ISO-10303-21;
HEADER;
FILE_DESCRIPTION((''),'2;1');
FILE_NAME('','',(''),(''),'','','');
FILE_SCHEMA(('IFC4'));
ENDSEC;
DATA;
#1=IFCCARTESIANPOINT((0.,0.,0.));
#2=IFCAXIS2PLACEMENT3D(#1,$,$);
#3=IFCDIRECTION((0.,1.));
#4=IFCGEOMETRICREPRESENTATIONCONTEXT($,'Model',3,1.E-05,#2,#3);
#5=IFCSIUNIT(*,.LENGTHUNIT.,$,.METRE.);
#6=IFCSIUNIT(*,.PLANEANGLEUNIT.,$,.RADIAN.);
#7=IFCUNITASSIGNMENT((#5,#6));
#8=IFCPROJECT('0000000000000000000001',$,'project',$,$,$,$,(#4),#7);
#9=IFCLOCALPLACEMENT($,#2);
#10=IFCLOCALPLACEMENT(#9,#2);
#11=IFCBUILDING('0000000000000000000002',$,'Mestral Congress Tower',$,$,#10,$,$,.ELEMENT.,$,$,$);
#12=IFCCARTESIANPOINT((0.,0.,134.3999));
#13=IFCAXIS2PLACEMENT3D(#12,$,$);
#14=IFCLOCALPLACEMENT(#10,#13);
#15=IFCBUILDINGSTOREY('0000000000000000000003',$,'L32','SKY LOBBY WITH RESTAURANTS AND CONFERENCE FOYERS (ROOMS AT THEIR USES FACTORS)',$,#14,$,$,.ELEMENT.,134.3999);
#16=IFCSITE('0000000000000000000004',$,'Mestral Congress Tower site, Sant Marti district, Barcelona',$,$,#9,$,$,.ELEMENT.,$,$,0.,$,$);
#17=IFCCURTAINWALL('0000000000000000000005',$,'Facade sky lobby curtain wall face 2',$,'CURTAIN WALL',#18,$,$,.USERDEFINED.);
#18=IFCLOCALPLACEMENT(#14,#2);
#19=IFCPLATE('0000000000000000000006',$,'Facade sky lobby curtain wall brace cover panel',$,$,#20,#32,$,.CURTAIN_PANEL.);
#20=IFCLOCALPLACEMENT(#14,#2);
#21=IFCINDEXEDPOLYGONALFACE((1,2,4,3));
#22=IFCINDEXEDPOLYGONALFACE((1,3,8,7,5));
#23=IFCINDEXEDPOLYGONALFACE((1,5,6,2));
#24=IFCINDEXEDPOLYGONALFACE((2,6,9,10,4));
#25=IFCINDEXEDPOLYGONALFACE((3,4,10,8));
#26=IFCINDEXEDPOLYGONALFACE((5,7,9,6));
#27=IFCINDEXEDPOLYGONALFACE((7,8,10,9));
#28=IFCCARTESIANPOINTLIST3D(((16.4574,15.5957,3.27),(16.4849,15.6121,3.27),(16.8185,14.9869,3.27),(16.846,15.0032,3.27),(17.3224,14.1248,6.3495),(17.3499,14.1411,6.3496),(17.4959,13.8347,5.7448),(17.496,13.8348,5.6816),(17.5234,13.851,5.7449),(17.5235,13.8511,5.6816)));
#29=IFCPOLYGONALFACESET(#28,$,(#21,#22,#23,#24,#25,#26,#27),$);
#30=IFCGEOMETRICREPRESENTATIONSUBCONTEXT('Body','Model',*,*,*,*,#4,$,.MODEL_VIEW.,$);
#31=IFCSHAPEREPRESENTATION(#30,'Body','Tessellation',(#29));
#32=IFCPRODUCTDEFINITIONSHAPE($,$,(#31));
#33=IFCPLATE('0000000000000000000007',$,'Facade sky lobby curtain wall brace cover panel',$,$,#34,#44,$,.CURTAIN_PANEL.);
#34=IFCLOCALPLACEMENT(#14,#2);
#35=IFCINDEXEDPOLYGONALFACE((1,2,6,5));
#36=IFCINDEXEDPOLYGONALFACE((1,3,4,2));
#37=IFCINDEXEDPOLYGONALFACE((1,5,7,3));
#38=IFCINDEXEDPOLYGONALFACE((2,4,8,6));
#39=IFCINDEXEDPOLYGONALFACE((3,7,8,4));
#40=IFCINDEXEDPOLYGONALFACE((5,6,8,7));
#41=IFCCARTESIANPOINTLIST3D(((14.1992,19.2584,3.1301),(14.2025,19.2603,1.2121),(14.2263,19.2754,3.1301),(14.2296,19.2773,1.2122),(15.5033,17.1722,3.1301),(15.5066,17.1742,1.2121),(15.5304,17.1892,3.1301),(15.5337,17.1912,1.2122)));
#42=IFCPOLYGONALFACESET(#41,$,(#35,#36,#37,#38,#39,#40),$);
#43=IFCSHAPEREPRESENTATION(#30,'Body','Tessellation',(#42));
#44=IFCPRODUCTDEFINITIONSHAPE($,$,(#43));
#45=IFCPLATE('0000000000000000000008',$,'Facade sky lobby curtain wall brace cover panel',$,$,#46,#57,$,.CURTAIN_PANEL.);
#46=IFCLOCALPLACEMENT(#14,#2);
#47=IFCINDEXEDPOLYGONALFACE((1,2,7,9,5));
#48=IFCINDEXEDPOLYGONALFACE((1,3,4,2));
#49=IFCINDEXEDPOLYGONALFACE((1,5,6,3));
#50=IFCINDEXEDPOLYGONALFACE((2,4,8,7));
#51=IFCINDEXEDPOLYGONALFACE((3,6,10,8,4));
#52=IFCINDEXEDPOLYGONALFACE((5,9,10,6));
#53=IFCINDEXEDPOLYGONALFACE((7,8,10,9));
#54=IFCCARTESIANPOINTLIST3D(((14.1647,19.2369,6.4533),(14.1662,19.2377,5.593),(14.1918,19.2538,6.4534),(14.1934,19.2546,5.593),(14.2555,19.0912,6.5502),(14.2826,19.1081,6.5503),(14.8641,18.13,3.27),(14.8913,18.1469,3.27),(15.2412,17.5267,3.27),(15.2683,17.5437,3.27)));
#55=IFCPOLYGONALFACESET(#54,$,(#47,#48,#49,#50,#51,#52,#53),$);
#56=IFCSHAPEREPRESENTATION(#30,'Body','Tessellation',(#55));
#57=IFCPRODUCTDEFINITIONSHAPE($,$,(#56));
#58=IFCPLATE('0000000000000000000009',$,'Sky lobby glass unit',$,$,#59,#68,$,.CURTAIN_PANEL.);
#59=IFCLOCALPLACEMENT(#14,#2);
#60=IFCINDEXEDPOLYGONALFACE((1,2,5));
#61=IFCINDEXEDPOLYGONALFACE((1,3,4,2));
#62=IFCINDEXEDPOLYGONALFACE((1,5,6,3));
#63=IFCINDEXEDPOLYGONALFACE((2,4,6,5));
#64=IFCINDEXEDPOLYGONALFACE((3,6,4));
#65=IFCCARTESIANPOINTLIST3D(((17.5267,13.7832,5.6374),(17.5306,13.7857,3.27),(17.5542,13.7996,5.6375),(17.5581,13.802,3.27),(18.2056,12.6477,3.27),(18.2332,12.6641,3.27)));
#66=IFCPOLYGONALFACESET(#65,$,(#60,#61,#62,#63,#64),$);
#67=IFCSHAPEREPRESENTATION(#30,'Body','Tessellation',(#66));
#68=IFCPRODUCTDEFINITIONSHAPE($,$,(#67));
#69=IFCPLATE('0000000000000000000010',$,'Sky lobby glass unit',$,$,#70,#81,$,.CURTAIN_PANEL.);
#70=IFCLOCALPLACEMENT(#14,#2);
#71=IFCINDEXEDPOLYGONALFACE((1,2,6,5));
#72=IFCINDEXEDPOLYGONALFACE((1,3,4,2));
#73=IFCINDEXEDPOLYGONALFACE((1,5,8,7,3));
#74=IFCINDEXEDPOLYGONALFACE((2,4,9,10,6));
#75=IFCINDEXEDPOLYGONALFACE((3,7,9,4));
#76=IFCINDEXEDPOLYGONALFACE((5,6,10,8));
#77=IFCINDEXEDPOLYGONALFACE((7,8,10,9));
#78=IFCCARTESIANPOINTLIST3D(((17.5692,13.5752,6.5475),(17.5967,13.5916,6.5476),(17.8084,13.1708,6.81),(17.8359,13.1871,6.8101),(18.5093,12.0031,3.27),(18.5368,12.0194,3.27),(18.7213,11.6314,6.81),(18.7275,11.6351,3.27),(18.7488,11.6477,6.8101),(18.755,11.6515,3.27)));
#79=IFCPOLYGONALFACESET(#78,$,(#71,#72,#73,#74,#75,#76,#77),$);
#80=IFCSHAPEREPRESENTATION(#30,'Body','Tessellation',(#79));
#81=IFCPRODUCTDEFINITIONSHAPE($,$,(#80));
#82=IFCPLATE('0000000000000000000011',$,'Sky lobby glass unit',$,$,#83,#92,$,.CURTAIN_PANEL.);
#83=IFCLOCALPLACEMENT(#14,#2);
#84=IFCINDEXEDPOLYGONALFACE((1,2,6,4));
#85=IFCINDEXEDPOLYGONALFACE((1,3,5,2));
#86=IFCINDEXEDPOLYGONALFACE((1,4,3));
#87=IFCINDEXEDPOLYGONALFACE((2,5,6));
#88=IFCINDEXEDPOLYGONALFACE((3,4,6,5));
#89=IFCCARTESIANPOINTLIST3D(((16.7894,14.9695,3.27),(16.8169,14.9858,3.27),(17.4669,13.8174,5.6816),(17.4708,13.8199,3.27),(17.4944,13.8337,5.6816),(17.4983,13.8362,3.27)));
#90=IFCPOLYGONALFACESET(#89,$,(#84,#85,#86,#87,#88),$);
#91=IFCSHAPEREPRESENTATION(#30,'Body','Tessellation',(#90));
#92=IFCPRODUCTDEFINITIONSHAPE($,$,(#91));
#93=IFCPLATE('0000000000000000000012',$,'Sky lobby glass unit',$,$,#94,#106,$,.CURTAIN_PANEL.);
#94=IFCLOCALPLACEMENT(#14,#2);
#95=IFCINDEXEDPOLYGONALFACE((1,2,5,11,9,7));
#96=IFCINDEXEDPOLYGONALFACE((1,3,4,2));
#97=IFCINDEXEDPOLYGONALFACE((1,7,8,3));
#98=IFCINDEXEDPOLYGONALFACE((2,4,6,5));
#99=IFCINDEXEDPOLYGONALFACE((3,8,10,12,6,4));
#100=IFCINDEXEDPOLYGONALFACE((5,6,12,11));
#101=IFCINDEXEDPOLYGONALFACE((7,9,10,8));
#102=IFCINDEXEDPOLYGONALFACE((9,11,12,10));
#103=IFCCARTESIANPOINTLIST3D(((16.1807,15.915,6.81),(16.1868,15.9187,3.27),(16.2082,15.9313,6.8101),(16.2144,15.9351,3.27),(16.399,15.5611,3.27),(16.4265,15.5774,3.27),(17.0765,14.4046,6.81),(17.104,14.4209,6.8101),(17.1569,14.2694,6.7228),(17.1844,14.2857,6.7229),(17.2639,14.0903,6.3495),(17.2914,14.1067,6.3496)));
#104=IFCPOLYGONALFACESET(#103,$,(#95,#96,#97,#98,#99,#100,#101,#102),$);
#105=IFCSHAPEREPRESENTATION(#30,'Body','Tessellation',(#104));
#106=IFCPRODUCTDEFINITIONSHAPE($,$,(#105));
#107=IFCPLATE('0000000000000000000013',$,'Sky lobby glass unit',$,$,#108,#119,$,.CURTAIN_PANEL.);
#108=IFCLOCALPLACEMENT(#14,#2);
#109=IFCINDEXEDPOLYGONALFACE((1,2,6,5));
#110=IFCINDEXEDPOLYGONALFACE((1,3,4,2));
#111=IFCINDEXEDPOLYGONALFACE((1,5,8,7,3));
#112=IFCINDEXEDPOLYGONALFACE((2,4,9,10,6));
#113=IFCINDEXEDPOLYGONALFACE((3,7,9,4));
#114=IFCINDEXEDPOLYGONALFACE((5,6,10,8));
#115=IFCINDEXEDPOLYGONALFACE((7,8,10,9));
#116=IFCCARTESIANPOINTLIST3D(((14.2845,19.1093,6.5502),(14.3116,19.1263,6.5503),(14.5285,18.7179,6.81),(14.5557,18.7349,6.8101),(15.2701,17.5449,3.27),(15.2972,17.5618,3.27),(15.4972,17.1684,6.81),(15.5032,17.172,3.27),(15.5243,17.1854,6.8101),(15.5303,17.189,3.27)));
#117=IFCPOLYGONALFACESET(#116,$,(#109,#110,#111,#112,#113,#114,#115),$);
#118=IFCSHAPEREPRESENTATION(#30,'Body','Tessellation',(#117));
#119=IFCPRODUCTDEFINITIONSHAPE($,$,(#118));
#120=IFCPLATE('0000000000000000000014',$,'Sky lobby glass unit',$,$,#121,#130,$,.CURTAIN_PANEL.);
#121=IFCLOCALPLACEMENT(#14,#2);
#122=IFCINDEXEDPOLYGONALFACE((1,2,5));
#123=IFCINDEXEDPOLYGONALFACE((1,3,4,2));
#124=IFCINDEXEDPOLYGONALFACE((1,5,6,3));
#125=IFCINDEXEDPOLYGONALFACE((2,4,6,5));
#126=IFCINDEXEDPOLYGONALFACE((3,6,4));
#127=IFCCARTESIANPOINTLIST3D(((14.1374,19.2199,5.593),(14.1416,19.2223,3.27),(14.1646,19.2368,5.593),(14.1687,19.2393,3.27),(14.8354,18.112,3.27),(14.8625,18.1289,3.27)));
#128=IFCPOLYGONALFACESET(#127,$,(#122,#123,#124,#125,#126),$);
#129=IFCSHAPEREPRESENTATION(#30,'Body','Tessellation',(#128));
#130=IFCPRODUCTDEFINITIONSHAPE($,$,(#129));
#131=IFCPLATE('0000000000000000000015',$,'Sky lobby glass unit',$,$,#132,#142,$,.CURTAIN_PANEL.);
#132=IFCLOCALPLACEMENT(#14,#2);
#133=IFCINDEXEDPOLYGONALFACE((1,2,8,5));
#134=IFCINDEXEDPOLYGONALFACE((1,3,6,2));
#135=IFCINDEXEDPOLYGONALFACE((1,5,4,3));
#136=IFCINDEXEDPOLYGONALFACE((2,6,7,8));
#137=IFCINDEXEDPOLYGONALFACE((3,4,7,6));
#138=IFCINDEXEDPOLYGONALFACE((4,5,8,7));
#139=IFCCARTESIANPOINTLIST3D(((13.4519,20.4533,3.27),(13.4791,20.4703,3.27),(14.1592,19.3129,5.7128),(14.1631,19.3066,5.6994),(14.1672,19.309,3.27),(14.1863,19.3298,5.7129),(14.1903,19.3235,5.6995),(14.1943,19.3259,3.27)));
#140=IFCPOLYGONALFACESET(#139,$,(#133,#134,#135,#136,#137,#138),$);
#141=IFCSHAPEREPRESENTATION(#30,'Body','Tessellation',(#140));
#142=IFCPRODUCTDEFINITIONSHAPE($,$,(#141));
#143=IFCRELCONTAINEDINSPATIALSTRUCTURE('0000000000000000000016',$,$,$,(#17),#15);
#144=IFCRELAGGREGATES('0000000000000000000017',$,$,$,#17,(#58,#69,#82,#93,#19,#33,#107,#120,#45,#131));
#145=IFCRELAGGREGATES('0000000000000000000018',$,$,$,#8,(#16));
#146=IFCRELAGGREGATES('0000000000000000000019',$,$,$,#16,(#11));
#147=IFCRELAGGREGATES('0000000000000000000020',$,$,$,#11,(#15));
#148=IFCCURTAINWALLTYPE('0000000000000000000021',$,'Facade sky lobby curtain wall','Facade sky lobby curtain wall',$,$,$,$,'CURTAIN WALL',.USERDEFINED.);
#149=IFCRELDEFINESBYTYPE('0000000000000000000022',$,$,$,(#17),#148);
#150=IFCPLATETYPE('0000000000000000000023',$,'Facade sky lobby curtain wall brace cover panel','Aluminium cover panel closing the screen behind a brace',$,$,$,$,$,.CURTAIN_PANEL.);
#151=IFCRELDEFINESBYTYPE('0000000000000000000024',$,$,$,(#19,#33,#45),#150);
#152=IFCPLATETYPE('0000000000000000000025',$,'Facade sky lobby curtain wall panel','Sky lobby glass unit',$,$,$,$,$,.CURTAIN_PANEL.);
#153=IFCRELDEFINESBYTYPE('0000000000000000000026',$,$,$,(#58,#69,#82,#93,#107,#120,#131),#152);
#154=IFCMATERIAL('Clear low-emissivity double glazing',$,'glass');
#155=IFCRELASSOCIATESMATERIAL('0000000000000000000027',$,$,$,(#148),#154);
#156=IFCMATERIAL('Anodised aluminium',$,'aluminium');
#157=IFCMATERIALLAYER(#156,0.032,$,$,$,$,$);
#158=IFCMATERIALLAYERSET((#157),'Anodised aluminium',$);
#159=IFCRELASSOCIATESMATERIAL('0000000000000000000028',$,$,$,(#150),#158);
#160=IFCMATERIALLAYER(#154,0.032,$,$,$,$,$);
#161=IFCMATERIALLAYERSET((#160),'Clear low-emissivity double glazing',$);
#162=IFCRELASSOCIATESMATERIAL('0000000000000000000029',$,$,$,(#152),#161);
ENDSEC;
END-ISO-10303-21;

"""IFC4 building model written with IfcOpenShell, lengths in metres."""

from ifc_helpers import new_model, si_unit, direction, frame, origin, place, context, subcontext, project, spatial, polyline, outline, extrude, material, layer, layer_set, type_object, element, aggregate, save


model = new_model("IFC4")

# Units and contexts
model_context = context("Model", 3, precision=1e-05, world=origin(), true_north=direction((0.0, 1.0)))
body_context = subcontext(model_context, "Body", "Model", "MODEL_VIEW")
ifc_project = project(units=[si_unit("LENGTHUNIT", "METRE"), si_unit("PLANEANGLEUNIT", "RADIAN")], contexts=[model_context])

# Site, building, storey
site_placement = place(None, origin())
site = spatial("IfcSite", under=ifc_project, at=site_placement, Name="Mestral Congress Tower site, Sant Marti district, Barcelona", CompositionType="ELEMENT", RefElevation=0.0)
building_placement = place(site_placement, origin())
building = spatial("IfcBuilding", under=site, at=building_placement, Name="Mestral Congress Tower", CompositionType="ELEMENT")
storey_placement = place(building_placement, frame((0.0, 0.0, 134.3999)))
storey = spatial("IfcBuildingStorey", under=building, at=storey_placement, Name="L32", Description="SKY LOBBY WITH RESTAURANTS AND CONFERENCE FOYERS (ROOMS AT THEIR USES FACTORS)", CompositionType="ELEMENT", Elevation=134.3999)

# Curtain wall
ifc_material_1 = material(Name="Clear low-emissivity double glazing", Category="glass")
curtain_wall_type = type_object("IfcCurtainWallType", Name="Facade sky lobby curtain wall", Description="Facade sky lobby curtain wall", ElementType="CURTAIN WALL", PredefinedType="USERDEFINED", material=ifc_material_1)
curtain_wall_placement = place(storey_placement, origin())
curtain_wall = element("IfcCurtainWall", 1, at=curtain_wall_placement, inside=storey, type_object=curtain_wall_type, Name="Facade sky lobby curtain wall face 2", ObjectType="CURTAIN WALL", PredefinedType="USERDEFINED")
ifc_material_2 = material(Name="Anodised aluminium", Category="aluminium")

# Plates
ifc_layer_1 = layer(ifc_material_2, 0.032)
ifc_layer_set_1 = layer_set([ifc_layer_1], Name="Anodised aluminium")
plate_type_1 = type_object("IfcPlateType", Name="Facade sky lobby curtain wall brace cover panel", Description="Aluminium cover panel closing the screen behind a brace", PredefinedType="CURTAIN_PANEL", material=ifc_layer_set_1)
plate_1_placement = place(storey_placement, frame((16.4849, 15.6121, 3.27), z_axis=(0.860117, 0.510093, 0.002032), x_axis=(0.510094, -0.860119, 0.0)))
plate_1 = element("IfcPlate", 2, at=plate_1_placement, type_object=plate_type_1, Name="Facade sky lobby curtain wall brace cover panel", PredefinedType="CURTAIN_PANEL", context=body_context, shape_type="SweptSolid", body=[
    extrude(outline(polyline([(0.0, 0.0), (0.7079, 0.0), (2.0444, -2.4116), (2.0444, -2.4749), (1.7064, -3.0796), (0.0, 0.0)])), origin(), (0.0, 0.0, -1.0), 0.032),
])
plate_2_placement = place(storey_placement, frame((14.2263, 19.2754, 3.1301), z_axis=(0.847958, 0.53006, 0.001997), x_axis=(0.001736, 0.00099, -0.999998)))
plate_2 = element("IfcPlate", 3, at=plate_2_placement, type_object=plate_type_1, Name="Facade sky lobby curtain wall brace cover panel", PredefinedType="CURTAIN_PANEL", context=body_context, shape_type="SweptSolid", body=[
    extrude(outline(polyline([(0.0, 0.0), (1.918, 0.0), (1.9182, -2.4602), (0.0002, -2.4603), (0.0, 0.0)])), origin(), (0.0, 0.0, -1.0), 0.032),
])
plate_3_placement = place(storey_placement, frame((14.1934, 19.2546, 5.593), z_axis=(0.847996, 0.529999, 0.002034), x_axis=(0.261726, -0.415417, -0.871165)))
plate_3 = element("IfcPlate", 4, at=plate_3_placement, type_object=plate_type_1, Name="Facade sky lobby curtain wall brace cover panel", PredefinedType="CURTAIN_PANEL", context=body_context, shape_type="SweptSolid", body=[
    extrude(outline(polyline([(0.0, 0.0), (2.6665, 0.0), (3.0158, -0.6197), (-0.7497, -0.6195), (-0.7496, -0.4223), (0.0, 0.0)])), origin(), (0.0, 0.0, -1.0), 0.032),
])
ifc_layer_2 = layer(ifc_material_1, 0.032)
ifc_layer_set_2 = layer_set([ifc_layer_2], Name="Clear low-emissivity double glazing")
plate_type_2 = type_object("IfcPlateType", Name="Facade sky lobby curtain wall panel", Description="Sky lobby glass unit", PredefinedType="CURTAIN_PANEL", material=ifc_layer_set_2)
plate_4_placement = place(storey_placement, frame((17.5581, 13.802, 3.27), z_axis=(0.860053, 0.510201, 0.001945), x_axis=(0.510202, -0.860055, 0.0)))
plate_4 = element("IfcPlate", 5, at=plate_4_placement, type_object=plate_type_2, Name="Sky lobby glass unit", PredefinedType="CURTAIN_PANEL", context=body_context, shape_type="SweptSolid", body=[
    extrude(outline(polyline([(0.0, 0.0), (1.3231, 0.0), (0.0001, -2.3674), (0.0, 0.0)])), origin(), (0.0, 0.0, -1.0), 0.032),
])
plate_5_placement = place(storey_placement, frame((17.5967, 13.5916, 6.5476), z_axis=(0.860119, 0.51009, 0.002047), x_axis=(0.250391, -0.418708, -0.872919)))
plate_5 = element("IfcPlate", 6, at=plate_5_placement, type_object=plate_type_2, Name="Sky lobby glass unit", PredefinedType="CURTAIN_PANEL", context=body_context, shape_type="SweptSolid", body=[
    extrude(outline(polyline([(0.0, 0.0), (3.7547, 0.0), (3.9634, -0.3734), (0.8733, -2.1005), (0.0001, -0.5382), (0.0, 0.0)])), origin(), (0.0, 0.0, -1.0), 0.032),
])
plate_6_placement = place(storey_placement, frame((17.4983, 13.8362, 3.27), z_axis=(0.860251, 0.509867, 0.00191), x_axis=(-0.00162, -0.001012, 0.999998)))
plate_6 = element("IfcPlate", 7, at=plate_6_placement, type_object=plate_type_2, Name="Sky lobby glass unit", PredefinedType="CURTAIN_PANEL", context=body_context, shape_type="SweptSolid", body=[
    extrude(outline(polyline([(0.0, 0.0), (2.4116, 0.0), (-0.0001, -1.3364), (0.0, 0.0)])), origin(), (0.0, 0.0, -1.0), 0.032),
])
plate_7_placement = place(storey_placement, frame((16.2144, 15.9351, 3.27), z_axis=(0.860109, 0.510106, 0.002036), x_axis=(0.510107, -0.860111, 0.0)))
plate_7 = element("IfcPlate", 8, at=plate_7_placement, type_object=plate_type_2, Name="Sky lobby glass unit", PredefinedType="CURTAIN_PANEL", context=body_context, shape_type="SweptSolid", body=[
    extrude(outline(polyline([(0.0, 0.0), (0.4159, 0.0), (2.1221, -3.0796), (1.9135, -3.4529), (1.7562, -3.54), (0.0, -3.54), (0.0, 0.0)])), origin(), (0.0, 0.0, -1.0), 0.032),
])
plate_8_placement = place(storey_placement, frame((15.5303, 17.189, 3.27), z_axis=(0.847944, 0.530082, 0.001965), x_axis=(-0.001685, -0.00101, 0.999998)))
plate_8 = element("IfcPlate", 9, at=plate_8_placement, type_object=plate_type_2, Name="Sky lobby glass unit", PredefinedType="CURTAIN_PANEL", context=body_context, shape_type="SweptSolid", body=[
    extrude(outline(polyline([(0.0, 0.0), (3.54, 0.0), (3.5401, -1.8273), (3.2804, -2.2886), (0.0, -0.4397), (0.0, 0.0)])), origin(), (0.0, 0.0, -1.0), 0.032),
])
plate_9_placement = place(storey_placement, frame((14.1687, 19.2393, 3.27), z_axis=(0.848038, 0.529931, 0.002072), x_axis=(0.529932, -0.84804, 0.0)))
plate_9 = element("IfcPlate", 10, at=plate_9_placement, type_object=plate_type_2, Name="Sky lobby glass unit", PredefinedType="CURTAIN_PANEL", context=body_context, shape_type="SweptSolid", body=[
    extrude(outline(polyline([(0.0, 0.0), (1.3093, 0.0), (-0.0001, -2.323), (0.0, 0.0)])), origin(), (0.0, 0.0, -1.0), 0.032),
])
plate_10_placement = place(storey_placement, frame((14.1943, 19.3259, 3.27), z_axis=(0.847977, 0.53003, 0.001949), x_axis=(-0.001681, -0.000988, 0.999998)))
plate_10 = element("IfcPlate", 11, at=plate_10_placement, type_object=plate_type_2, Name="Sky lobby glass unit", PredefinedType="CURTAIN_PANEL", context=body_context, shape_type="SweptSolid", body=[
    extrude(outline(polyline([(0.0, 0.0), (2.4294, 0.0), (2.4429, -0.0075), (0.0001, -1.3495), (0.0, 0.0)])), origin(), (0.0, 0.0, -1.0), 0.032),
])
aggregate(curtain_wall, [plate_4, plate_5, plate_6, plate_7, plate_1, plate_2, plate_8, plate_9, plate_3, plate_10])

save(model, "model.ifc")
